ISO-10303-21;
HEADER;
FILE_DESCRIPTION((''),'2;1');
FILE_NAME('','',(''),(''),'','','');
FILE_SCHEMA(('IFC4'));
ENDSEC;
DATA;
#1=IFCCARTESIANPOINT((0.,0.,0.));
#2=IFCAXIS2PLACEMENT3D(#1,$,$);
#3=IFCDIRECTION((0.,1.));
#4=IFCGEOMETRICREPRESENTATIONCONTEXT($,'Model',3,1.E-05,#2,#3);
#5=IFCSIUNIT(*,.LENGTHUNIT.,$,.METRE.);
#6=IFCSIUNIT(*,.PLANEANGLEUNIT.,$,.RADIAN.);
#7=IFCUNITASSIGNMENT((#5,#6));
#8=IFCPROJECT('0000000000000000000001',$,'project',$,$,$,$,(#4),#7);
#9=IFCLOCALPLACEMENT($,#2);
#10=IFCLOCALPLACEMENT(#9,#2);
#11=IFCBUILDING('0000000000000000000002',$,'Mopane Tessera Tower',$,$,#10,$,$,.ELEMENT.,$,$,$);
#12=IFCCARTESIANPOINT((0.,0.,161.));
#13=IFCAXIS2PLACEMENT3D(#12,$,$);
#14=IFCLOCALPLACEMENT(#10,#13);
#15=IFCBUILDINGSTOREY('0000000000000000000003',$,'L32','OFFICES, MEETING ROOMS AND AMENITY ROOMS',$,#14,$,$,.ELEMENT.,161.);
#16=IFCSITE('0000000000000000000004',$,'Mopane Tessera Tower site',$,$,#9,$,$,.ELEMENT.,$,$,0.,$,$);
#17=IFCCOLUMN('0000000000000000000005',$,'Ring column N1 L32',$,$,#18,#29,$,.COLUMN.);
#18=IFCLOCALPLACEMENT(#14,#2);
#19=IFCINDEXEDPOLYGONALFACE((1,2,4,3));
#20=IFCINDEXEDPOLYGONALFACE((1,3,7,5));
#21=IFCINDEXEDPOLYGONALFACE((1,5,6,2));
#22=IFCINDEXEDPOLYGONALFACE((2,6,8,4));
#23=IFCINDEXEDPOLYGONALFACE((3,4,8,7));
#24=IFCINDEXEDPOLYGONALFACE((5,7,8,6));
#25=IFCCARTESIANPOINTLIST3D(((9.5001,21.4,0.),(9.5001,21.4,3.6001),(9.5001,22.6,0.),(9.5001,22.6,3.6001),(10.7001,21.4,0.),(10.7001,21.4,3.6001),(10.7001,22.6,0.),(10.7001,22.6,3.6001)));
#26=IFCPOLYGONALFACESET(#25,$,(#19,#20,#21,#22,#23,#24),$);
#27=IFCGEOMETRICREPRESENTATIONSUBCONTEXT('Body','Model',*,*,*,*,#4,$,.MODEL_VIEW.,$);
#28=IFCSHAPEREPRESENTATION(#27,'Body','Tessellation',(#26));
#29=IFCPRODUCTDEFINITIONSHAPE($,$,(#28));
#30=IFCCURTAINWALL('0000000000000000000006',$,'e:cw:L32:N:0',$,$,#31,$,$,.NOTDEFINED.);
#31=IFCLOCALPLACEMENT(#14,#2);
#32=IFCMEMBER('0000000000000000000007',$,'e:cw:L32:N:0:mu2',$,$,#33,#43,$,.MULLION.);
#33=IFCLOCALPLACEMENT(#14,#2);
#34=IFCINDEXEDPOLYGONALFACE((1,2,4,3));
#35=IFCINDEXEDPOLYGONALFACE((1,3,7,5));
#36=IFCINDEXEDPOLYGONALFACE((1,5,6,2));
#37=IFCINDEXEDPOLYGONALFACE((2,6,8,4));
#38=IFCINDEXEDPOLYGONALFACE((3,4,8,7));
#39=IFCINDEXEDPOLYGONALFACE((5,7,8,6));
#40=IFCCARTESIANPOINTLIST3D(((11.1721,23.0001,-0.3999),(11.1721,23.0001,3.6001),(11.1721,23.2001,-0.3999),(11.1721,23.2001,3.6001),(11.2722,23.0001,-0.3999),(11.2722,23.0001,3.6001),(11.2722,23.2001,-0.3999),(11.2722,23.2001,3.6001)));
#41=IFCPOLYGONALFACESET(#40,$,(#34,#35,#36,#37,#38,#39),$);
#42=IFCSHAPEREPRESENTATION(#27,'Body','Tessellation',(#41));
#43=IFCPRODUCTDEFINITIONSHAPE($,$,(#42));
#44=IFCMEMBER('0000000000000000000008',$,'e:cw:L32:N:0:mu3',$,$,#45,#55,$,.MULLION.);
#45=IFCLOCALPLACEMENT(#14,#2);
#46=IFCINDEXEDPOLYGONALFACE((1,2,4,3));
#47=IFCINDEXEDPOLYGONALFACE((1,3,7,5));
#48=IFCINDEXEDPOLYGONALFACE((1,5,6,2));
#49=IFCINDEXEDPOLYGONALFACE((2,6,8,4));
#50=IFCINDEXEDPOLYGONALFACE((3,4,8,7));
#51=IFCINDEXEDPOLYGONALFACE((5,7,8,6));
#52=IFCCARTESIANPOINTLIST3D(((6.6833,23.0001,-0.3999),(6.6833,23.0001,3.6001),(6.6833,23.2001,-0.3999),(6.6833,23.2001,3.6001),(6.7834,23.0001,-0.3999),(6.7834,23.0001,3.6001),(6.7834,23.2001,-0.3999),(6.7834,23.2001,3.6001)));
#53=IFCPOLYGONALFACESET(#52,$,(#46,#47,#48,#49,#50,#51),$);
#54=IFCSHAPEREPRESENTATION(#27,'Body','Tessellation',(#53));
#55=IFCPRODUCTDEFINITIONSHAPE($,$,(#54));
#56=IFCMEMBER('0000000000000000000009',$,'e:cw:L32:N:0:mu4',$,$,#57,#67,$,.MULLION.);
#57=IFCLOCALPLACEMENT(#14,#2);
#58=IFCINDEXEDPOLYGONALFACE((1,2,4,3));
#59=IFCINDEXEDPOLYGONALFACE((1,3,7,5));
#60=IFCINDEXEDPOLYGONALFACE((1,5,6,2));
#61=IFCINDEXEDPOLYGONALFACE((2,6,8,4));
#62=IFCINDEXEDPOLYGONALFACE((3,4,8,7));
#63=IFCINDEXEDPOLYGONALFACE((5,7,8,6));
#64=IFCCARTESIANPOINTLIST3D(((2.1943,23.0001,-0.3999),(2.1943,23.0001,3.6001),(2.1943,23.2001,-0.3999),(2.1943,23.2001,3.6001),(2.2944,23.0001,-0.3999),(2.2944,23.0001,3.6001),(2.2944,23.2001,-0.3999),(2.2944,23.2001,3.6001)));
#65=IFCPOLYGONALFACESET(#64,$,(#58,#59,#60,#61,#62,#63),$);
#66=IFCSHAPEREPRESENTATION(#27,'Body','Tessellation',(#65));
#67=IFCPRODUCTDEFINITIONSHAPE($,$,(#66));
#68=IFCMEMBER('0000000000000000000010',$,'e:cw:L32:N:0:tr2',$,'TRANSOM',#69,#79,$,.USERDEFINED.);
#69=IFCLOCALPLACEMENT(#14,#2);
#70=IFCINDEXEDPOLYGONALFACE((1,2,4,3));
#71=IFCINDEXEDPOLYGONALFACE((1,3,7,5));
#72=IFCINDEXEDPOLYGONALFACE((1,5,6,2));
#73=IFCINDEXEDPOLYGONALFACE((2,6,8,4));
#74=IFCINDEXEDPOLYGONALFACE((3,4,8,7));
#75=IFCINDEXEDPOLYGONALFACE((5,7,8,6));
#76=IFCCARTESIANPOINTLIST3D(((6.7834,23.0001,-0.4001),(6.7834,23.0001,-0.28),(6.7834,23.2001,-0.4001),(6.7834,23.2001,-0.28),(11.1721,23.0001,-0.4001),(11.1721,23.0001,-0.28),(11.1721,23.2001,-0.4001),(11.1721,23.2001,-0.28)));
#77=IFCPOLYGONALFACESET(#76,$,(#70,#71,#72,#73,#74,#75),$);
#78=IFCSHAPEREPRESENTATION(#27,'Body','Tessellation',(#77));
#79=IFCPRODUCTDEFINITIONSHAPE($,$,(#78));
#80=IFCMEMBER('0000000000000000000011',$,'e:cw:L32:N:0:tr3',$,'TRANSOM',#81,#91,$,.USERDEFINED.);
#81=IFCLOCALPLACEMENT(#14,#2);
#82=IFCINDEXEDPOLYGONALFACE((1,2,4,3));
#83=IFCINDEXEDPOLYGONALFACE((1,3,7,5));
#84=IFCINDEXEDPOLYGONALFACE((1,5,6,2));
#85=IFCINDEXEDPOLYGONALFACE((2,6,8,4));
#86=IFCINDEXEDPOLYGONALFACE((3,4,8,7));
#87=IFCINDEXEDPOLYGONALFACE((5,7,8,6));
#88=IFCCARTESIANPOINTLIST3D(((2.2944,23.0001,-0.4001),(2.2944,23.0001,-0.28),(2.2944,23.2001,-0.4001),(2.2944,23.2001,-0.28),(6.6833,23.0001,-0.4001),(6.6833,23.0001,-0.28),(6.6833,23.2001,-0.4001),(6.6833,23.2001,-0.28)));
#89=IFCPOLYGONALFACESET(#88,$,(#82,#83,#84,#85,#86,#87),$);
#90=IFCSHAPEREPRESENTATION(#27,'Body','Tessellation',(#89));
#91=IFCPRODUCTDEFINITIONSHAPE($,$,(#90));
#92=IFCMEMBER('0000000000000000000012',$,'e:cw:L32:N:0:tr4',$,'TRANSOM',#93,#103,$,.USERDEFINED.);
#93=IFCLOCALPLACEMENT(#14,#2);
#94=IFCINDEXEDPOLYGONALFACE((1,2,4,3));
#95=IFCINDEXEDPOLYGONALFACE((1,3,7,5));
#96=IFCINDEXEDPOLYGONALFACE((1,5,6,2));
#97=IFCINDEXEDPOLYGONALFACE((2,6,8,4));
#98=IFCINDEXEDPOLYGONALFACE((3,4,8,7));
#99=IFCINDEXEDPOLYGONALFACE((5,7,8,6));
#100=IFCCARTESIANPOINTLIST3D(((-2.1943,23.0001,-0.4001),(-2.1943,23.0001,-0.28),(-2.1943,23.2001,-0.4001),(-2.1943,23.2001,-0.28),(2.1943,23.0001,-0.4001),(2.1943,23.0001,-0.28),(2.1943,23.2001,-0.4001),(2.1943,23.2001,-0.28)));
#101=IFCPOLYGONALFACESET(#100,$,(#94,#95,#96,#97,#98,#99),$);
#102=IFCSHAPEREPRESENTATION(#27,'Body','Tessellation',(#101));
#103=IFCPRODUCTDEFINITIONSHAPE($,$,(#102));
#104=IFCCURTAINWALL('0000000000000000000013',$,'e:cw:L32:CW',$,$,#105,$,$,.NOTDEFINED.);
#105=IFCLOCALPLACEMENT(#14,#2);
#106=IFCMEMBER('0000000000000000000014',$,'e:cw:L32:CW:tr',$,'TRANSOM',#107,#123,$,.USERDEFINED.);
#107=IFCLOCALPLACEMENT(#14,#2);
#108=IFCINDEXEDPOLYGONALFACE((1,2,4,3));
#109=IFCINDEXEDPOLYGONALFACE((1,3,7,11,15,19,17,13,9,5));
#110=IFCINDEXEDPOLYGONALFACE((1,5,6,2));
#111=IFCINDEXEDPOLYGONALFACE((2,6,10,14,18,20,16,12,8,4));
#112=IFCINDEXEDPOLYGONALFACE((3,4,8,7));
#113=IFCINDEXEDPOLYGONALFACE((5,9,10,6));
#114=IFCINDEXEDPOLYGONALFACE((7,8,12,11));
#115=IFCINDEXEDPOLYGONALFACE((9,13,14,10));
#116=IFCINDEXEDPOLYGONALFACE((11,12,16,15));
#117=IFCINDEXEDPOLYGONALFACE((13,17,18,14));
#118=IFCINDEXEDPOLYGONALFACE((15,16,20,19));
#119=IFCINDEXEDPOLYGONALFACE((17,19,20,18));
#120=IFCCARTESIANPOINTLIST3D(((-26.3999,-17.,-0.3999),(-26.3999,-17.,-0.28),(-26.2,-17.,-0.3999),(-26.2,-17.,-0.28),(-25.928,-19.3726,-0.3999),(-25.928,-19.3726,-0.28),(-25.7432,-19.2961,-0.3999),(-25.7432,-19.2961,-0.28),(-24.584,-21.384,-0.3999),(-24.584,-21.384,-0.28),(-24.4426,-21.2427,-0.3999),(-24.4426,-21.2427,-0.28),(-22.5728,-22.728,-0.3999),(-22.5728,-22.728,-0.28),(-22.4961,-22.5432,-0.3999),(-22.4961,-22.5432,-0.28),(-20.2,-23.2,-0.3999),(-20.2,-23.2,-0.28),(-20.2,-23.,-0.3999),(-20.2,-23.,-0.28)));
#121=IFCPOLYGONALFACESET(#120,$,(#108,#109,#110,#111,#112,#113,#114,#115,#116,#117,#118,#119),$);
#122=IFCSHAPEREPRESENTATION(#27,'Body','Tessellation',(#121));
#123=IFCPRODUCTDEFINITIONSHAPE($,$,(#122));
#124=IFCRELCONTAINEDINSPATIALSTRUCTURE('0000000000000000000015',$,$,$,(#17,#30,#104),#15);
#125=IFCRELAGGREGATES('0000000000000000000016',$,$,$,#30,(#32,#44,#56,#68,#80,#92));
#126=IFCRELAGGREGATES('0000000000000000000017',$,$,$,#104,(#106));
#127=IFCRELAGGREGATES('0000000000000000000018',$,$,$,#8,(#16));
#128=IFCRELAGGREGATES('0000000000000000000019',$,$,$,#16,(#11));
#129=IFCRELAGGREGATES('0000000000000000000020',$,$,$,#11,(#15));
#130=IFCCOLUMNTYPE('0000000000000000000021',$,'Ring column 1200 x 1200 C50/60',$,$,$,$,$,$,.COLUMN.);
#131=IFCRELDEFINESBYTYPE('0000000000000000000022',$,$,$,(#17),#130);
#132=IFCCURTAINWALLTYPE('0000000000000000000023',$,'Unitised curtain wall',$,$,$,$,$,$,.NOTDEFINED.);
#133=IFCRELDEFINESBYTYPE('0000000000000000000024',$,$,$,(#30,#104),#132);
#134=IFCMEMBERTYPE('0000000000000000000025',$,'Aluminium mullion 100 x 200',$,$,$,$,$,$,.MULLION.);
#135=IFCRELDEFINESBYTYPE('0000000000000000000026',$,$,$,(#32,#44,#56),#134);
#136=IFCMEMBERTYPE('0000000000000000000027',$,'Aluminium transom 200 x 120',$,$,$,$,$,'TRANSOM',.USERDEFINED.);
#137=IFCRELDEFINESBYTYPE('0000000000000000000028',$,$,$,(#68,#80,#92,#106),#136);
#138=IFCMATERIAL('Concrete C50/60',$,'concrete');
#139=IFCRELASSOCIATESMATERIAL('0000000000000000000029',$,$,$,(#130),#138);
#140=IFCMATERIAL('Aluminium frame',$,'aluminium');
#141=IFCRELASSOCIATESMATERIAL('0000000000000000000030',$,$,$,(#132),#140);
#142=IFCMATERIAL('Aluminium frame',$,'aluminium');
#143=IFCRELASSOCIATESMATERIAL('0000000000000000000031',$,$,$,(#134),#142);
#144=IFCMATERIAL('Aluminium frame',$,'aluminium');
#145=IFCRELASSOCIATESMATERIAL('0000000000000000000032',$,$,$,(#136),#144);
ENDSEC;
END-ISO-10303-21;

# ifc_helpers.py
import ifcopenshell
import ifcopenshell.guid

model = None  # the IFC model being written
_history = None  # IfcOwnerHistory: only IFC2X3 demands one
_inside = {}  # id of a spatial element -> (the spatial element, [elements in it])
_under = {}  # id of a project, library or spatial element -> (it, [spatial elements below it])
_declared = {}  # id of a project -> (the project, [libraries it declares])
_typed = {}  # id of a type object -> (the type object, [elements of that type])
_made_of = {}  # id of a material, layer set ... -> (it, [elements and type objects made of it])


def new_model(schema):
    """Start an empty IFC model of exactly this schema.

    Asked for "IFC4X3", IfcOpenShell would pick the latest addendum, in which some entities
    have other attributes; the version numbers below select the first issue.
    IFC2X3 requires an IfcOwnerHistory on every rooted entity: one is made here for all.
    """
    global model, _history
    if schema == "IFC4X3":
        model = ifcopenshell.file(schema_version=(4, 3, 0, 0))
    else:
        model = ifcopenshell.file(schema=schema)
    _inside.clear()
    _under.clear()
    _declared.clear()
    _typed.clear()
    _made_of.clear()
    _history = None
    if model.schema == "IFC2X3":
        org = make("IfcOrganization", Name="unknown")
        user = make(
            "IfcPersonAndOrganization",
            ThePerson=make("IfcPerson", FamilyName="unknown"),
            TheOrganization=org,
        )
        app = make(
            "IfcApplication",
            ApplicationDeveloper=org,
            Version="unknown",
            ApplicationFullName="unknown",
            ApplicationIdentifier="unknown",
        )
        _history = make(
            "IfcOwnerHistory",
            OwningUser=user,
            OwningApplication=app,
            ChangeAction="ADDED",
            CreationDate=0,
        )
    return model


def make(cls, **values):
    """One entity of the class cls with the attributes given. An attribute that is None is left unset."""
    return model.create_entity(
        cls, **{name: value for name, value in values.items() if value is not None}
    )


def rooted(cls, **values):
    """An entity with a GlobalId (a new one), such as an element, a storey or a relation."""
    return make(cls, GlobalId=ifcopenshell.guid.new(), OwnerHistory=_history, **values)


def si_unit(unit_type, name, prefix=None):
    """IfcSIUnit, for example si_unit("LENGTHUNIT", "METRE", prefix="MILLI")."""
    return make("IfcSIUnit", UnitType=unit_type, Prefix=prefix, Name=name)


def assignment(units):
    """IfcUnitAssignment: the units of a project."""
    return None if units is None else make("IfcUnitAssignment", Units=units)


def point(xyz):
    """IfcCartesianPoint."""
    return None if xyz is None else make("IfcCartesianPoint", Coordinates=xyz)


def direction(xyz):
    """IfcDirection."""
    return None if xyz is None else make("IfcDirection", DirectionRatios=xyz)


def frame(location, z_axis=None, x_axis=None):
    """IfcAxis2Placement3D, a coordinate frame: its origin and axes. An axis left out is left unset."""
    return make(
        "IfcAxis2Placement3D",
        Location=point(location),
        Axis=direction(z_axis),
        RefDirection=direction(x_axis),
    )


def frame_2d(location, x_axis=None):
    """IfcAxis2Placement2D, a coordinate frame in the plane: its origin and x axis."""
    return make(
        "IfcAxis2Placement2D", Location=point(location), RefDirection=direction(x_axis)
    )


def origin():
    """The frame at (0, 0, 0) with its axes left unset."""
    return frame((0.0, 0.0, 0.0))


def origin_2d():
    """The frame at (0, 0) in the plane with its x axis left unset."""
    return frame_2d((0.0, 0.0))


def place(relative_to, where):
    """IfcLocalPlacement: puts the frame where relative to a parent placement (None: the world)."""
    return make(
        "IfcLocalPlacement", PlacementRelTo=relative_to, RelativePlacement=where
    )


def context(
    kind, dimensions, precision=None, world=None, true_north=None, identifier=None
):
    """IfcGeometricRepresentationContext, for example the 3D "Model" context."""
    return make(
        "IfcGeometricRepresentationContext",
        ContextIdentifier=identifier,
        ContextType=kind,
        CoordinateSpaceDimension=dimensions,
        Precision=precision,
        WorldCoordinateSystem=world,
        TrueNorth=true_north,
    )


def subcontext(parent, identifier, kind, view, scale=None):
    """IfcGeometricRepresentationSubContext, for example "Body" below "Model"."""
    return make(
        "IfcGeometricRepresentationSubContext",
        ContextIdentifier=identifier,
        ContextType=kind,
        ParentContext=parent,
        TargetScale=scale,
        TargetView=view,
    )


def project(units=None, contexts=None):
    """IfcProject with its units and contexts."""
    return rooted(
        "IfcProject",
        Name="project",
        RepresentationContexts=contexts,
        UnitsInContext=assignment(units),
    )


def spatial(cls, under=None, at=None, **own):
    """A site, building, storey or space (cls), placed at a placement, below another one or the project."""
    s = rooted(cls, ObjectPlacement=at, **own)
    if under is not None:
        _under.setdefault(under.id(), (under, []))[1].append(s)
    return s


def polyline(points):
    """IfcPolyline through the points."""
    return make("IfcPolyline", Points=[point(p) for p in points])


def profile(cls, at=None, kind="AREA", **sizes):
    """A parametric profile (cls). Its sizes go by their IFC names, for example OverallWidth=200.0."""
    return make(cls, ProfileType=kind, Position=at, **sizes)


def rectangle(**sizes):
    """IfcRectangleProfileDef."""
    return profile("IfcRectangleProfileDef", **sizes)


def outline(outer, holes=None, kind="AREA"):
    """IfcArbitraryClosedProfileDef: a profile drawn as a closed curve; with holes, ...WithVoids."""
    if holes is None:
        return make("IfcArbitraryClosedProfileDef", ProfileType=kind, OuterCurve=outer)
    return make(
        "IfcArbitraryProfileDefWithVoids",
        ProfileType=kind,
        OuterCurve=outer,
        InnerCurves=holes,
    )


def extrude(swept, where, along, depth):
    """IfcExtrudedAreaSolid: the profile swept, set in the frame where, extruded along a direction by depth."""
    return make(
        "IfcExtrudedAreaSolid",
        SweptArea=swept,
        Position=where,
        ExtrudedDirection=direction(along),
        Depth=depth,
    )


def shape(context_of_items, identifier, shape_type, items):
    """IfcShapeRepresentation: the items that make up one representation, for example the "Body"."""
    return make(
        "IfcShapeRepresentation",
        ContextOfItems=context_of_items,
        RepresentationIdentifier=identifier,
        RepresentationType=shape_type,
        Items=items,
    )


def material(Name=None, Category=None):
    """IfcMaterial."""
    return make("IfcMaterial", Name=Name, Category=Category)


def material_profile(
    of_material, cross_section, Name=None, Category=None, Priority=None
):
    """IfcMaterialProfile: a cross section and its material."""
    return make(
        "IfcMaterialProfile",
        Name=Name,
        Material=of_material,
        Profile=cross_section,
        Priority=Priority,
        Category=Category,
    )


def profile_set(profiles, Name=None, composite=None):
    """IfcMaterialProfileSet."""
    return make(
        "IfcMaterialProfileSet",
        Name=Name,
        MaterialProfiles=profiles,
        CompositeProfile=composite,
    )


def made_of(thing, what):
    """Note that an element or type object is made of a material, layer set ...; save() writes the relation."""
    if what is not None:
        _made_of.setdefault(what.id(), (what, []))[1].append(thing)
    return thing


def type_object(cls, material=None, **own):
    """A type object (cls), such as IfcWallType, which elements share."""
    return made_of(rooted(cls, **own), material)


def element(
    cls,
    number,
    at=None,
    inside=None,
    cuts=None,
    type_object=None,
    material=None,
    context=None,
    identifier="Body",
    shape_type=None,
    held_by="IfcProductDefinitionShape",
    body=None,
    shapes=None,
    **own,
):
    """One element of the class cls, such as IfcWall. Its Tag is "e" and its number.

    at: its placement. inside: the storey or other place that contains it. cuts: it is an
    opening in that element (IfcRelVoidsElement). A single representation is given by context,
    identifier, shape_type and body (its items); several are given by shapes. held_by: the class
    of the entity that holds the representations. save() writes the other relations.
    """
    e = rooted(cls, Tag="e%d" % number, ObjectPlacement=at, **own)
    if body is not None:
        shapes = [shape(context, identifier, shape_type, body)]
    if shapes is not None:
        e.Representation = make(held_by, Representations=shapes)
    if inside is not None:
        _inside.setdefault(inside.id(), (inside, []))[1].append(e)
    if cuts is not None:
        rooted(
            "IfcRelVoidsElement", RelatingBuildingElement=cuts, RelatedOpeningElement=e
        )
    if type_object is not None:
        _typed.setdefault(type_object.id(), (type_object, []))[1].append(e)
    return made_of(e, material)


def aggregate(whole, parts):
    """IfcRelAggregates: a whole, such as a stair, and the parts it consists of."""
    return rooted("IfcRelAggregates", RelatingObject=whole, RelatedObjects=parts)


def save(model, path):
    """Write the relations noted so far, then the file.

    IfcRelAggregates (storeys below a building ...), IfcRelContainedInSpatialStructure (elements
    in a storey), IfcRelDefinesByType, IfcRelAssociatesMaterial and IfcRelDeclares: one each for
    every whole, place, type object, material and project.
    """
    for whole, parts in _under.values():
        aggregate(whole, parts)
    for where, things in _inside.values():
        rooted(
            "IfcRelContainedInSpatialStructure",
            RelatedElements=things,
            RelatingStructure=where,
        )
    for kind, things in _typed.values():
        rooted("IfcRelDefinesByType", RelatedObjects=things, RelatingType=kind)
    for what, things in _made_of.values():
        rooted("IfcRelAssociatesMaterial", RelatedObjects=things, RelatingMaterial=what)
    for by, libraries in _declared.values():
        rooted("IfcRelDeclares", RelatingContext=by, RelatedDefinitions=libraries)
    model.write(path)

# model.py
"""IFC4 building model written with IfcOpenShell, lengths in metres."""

from ifc_helpers import new_model, si_unit, direction, frame, origin, origin_2d, place, context, subcontext, project, spatial, polyline, rectangle, outline, extrude, material, material_profile, profile_set, type_object, element, aggregate, save


model = new_model("IFC4")

# Units and contexts
model_context = context("Model", 3, precision=1e-05, world=origin(), true_north=direction((0.0, 1.0)))
body_context = subcontext(model_context, "Body", "Model", "MODEL_VIEW")
ifc_project = project(units=[si_unit("LENGTHUNIT", "METRE"), si_unit("PLANEANGLEUNIT", "RADIAN")], contexts=[model_context])

# Site, building, storey
site_placement = place(None, origin())
site = spatial("IfcSite", under=ifc_project, at=site_placement, Name="Mopane Tessera Tower site", CompositionType="ELEMENT", RefElevation=0.0)
building_placement = place(site_placement, origin())
building = spatial("IfcBuilding", under=site, at=building_placement, Name="Mopane Tessera Tower", CompositionType="ELEMENT")
storey_placement = place(building_placement, frame((0.0, 0.0, 161.0)))
storey = spatial("IfcBuildingStorey", under=building, at=storey_placement, Name="L32", Description="OFFICES, MEETING ROOMS AND AMENITY ROOMS", CompositionType="ELEMENT", Elevation=161.0)

# Column
ifc_material_1 = material(Name="Concrete C50/60", Category="concrete")
ifc_material_profile_1 = material_profile(ifc_material_1, rectangle(XDim=1.2, YDim=1.2, at=origin_2d()))
ifc_profile_set_1 = profile_set([ifc_material_profile_1], Name="Concrete C50/60")
column_type = type_object("IfcColumnType", Name="Ring column 1200 x 1200 C50/60", PredefinedType="COLUMN", material=ifc_profile_set_1)
column_placement = place(storey_placement, frame((10.1001, 22.0, 0.0), z_axis=(0.0, 0.0, 1.0), x_axis=(1.0, 0.0, 0.0)))
element("IfcColumn", 1, at=column_placement, inside=storey, type_object=column_type, Name="Ring column N1 L32", PredefinedType="COLUMN", context=body_context, shape_type="SweptSolid", body=[
    extrude(rectangle(XDim=1.2, YDim=1.2, at=origin_2d()), origin(), (0.0, 0.0, 1.0), 3.6001),
])

# Curtain wall, members
ifc_material_2 = material(Name="Aluminium frame", Category="aluminium")
curtain_wall_type = type_object("IfcCurtainWallType", Name="Unitised curtain wall", PredefinedType="NOTDEFINED", material=ifc_material_2)
curtain_wall_1_placement = place(storey_placement, origin())
curtain_wall_1 = element("IfcCurtainWall", 2, at=curtain_wall_1_placement, inside=storey, type_object=curtain_wall_type, Name="e:cw:L32:N:0", PredefinedType="NOTDEFINED")
ifc_material_3 = material(Name="Aluminium frame", Category="aluminium")
ifc_material_profile_2 = material_profile(ifc_material_3, rectangle(XDim=0.1001, YDim=0.2, at=origin_2d()))
ifc_profile_set_2 = profile_set([ifc_material_profile_2], Name="Aluminium frame")
member_type_1 = type_object("IfcMemberType", Name="Aluminium mullion 100 x 200", PredefinedType="MULLION", material=ifc_profile_set_2)
member_1_placement = place(storey_placement, frame((11.2222, 23.1001, -0.3999), z_axis=(0.0, 0.0, 1.0), x_axis=(-1.0, 0.0, 0.0)))
member_1 = element("IfcMember", 3, at=member_1_placement, type_object=member_type_1, Name="e:cw:L32:N:0:mu2", PredefinedType="MULLION", context=body_context, shape_type="SweptSolid", body=[
    extrude(rectangle(XDim=0.1001, YDim=0.2, at=origin_2d()), origin(), (0.0, 0.0, 1.0), 4.0),
])
member_2_placement = place(storey_placement, frame((6.7334, 23.1001, -0.3999), z_axis=(0.0, 0.0, 1.0), x_axis=(-1.0, 0.0, 0.0)))
member_2 = element("IfcMember", 4, at=member_2_placement, type_object=member_type_1, Name="e:cw:L32:N:0:mu3", PredefinedType="MULLION", context=body_context, shape_type="SweptSolid", body=[
    extrude(rectangle(XDim=0.1001, YDim=0.2, at=origin_2d()), origin(), (0.0, 0.0, 1.0), 4.0),
])
member_3_placement = place(storey_placement, frame((2.2444, 23.1001, -0.3999), z_axis=(0.0, 0.0, 1.0), x_axis=(-1.0, 0.0, 0.0)))
member_3 = element("IfcMember", 5, at=member_3_placement, type_object=member_type_1, Name="e:cw:L32:N:0:mu4", PredefinedType="MULLION", context=body_context, shape_type="SweptSolid", body=[
    extrude(rectangle(XDim=0.1001, YDim=0.2, at=origin_2d()), origin(), (0.0, 0.0, 1.0), 4.0),
])
ifc_material_4 = material(Name="Aluminium frame", Category="aluminium")
ifc_material_profile_3 = material_profile(ifc_material_4, rectangle(XDim=0.2, YDim=0.1201, at=origin_2d()))
ifc_profile_set_3 = profile_set([ifc_material_profile_3], Name="Aluminium frame")
member_type_2 = type_object("IfcMemberType", Name="Aluminium transom 200 x 120", ElementType="TRANSOM", PredefinedType="USERDEFINED", material=ifc_profile_set_3)
member_4_placement = place(storey_placement, frame((11.1721, 23.1001, -0.3401), z_axis=(-1.0, 0.0, 0.0), x_axis=(0.0, -1.0, 0.0)))
member_4 = element("IfcMember", 6, at=member_4_placement, type_object=member_type_2, Name="e:cw:L32:N:0:tr2", ObjectType="TRANSOM", PredefinedType="USERDEFINED", context=body_context, shape_type="SweptSolid", body=[
    extrude(rectangle(XDim=0.2, YDim=0.1201, at=origin_2d()), origin(), (0.0, 0.0, 1.0), 4.3887),
])
member_5_placement = place(storey_placement, frame((6.6833, 23.1001, -0.3401), z_axis=(-1.0, 0.0, 0.0), x_axis=(0.0, -1.0, 0.0)))
member_5 = element("IfcMember", 7, at=member_5_placement, type_object=member_type_2, Name="e:cw:L32:N:0:tr3", ObjectType="TRANSOM", PredefinedType="USERDEFINED", context=body_context, shape_type="SweptSolid", body=[
    extrude(rectangle(XDim=0.2, YDim=0.1201, at=origin_2d()), origin(), (0.0, 0.0, 1.0), 4.3889),
])
member_6_placement = place(storey_placement, frame((2.1943, 23.1001, -0.3401), z_axis=(-1.0, 0.0, 0.0), x_axis=(0.0, -1.0, 0.0)))
member_6 = element("IfcMember", 8, at=member_6_placement, type_object=member_type_2, Name="e:cw:L32:N:0:tr4", ObjectType="TRANSOM", PredefinedType="USERDEFINED", context=body_context, shape_type="SweptSolid", body=[
    extrude(rectangle(XDim=0.2, YDim=0.1201, at=origin_2d()), origin(), (0.0, 0.0, 1.0), 4.3887),
])

# Curtain wall, member
curtain_wall_2_placement = place(storey_placement, origin())
curtain_wall_2 = element("IfcCurtainWall", 9, at=curtain_wall_2_placement, inside=storey, type_object=curtain_wall_type, Name="e:cw:L32:CW", PredefinedType="NOTDEFINED")
member_7_placement = place(storey_placement, frame((0.0, 0.0, -0.3999)))
member_7 = element("IfcMember", 10, at=member_7_placement, type_object=member_type_2, Name="e:cw:L32:CW:tr", ObjectType="TRANSOM", PredefinedType="USERDEFINED", context=body_context, shape_type="SweptSolid", body=[
    extrude(outline(polyline([(-26.2, -17.0), (-25.7432, -19.2961), (-24.4426, -21.2427), (-22.4961, -22.5432), (-20.2, -23.0), (-20.2, -23.2), (-22.5728, -22.728), (-24.584, -21.384), (-25.928, -19.3726), (-26.3999, -17.0), (-26.2, -17.0)])), origin(), (0.0, 0.0, 1.0), 0.1199),
])

aggregate(curtain_wall_1, [member_1, member_2, member_3, member_4, member_5, member_6])

aggregate(curtain_wall_2, [member_7])

save(model, "model.ifc")
